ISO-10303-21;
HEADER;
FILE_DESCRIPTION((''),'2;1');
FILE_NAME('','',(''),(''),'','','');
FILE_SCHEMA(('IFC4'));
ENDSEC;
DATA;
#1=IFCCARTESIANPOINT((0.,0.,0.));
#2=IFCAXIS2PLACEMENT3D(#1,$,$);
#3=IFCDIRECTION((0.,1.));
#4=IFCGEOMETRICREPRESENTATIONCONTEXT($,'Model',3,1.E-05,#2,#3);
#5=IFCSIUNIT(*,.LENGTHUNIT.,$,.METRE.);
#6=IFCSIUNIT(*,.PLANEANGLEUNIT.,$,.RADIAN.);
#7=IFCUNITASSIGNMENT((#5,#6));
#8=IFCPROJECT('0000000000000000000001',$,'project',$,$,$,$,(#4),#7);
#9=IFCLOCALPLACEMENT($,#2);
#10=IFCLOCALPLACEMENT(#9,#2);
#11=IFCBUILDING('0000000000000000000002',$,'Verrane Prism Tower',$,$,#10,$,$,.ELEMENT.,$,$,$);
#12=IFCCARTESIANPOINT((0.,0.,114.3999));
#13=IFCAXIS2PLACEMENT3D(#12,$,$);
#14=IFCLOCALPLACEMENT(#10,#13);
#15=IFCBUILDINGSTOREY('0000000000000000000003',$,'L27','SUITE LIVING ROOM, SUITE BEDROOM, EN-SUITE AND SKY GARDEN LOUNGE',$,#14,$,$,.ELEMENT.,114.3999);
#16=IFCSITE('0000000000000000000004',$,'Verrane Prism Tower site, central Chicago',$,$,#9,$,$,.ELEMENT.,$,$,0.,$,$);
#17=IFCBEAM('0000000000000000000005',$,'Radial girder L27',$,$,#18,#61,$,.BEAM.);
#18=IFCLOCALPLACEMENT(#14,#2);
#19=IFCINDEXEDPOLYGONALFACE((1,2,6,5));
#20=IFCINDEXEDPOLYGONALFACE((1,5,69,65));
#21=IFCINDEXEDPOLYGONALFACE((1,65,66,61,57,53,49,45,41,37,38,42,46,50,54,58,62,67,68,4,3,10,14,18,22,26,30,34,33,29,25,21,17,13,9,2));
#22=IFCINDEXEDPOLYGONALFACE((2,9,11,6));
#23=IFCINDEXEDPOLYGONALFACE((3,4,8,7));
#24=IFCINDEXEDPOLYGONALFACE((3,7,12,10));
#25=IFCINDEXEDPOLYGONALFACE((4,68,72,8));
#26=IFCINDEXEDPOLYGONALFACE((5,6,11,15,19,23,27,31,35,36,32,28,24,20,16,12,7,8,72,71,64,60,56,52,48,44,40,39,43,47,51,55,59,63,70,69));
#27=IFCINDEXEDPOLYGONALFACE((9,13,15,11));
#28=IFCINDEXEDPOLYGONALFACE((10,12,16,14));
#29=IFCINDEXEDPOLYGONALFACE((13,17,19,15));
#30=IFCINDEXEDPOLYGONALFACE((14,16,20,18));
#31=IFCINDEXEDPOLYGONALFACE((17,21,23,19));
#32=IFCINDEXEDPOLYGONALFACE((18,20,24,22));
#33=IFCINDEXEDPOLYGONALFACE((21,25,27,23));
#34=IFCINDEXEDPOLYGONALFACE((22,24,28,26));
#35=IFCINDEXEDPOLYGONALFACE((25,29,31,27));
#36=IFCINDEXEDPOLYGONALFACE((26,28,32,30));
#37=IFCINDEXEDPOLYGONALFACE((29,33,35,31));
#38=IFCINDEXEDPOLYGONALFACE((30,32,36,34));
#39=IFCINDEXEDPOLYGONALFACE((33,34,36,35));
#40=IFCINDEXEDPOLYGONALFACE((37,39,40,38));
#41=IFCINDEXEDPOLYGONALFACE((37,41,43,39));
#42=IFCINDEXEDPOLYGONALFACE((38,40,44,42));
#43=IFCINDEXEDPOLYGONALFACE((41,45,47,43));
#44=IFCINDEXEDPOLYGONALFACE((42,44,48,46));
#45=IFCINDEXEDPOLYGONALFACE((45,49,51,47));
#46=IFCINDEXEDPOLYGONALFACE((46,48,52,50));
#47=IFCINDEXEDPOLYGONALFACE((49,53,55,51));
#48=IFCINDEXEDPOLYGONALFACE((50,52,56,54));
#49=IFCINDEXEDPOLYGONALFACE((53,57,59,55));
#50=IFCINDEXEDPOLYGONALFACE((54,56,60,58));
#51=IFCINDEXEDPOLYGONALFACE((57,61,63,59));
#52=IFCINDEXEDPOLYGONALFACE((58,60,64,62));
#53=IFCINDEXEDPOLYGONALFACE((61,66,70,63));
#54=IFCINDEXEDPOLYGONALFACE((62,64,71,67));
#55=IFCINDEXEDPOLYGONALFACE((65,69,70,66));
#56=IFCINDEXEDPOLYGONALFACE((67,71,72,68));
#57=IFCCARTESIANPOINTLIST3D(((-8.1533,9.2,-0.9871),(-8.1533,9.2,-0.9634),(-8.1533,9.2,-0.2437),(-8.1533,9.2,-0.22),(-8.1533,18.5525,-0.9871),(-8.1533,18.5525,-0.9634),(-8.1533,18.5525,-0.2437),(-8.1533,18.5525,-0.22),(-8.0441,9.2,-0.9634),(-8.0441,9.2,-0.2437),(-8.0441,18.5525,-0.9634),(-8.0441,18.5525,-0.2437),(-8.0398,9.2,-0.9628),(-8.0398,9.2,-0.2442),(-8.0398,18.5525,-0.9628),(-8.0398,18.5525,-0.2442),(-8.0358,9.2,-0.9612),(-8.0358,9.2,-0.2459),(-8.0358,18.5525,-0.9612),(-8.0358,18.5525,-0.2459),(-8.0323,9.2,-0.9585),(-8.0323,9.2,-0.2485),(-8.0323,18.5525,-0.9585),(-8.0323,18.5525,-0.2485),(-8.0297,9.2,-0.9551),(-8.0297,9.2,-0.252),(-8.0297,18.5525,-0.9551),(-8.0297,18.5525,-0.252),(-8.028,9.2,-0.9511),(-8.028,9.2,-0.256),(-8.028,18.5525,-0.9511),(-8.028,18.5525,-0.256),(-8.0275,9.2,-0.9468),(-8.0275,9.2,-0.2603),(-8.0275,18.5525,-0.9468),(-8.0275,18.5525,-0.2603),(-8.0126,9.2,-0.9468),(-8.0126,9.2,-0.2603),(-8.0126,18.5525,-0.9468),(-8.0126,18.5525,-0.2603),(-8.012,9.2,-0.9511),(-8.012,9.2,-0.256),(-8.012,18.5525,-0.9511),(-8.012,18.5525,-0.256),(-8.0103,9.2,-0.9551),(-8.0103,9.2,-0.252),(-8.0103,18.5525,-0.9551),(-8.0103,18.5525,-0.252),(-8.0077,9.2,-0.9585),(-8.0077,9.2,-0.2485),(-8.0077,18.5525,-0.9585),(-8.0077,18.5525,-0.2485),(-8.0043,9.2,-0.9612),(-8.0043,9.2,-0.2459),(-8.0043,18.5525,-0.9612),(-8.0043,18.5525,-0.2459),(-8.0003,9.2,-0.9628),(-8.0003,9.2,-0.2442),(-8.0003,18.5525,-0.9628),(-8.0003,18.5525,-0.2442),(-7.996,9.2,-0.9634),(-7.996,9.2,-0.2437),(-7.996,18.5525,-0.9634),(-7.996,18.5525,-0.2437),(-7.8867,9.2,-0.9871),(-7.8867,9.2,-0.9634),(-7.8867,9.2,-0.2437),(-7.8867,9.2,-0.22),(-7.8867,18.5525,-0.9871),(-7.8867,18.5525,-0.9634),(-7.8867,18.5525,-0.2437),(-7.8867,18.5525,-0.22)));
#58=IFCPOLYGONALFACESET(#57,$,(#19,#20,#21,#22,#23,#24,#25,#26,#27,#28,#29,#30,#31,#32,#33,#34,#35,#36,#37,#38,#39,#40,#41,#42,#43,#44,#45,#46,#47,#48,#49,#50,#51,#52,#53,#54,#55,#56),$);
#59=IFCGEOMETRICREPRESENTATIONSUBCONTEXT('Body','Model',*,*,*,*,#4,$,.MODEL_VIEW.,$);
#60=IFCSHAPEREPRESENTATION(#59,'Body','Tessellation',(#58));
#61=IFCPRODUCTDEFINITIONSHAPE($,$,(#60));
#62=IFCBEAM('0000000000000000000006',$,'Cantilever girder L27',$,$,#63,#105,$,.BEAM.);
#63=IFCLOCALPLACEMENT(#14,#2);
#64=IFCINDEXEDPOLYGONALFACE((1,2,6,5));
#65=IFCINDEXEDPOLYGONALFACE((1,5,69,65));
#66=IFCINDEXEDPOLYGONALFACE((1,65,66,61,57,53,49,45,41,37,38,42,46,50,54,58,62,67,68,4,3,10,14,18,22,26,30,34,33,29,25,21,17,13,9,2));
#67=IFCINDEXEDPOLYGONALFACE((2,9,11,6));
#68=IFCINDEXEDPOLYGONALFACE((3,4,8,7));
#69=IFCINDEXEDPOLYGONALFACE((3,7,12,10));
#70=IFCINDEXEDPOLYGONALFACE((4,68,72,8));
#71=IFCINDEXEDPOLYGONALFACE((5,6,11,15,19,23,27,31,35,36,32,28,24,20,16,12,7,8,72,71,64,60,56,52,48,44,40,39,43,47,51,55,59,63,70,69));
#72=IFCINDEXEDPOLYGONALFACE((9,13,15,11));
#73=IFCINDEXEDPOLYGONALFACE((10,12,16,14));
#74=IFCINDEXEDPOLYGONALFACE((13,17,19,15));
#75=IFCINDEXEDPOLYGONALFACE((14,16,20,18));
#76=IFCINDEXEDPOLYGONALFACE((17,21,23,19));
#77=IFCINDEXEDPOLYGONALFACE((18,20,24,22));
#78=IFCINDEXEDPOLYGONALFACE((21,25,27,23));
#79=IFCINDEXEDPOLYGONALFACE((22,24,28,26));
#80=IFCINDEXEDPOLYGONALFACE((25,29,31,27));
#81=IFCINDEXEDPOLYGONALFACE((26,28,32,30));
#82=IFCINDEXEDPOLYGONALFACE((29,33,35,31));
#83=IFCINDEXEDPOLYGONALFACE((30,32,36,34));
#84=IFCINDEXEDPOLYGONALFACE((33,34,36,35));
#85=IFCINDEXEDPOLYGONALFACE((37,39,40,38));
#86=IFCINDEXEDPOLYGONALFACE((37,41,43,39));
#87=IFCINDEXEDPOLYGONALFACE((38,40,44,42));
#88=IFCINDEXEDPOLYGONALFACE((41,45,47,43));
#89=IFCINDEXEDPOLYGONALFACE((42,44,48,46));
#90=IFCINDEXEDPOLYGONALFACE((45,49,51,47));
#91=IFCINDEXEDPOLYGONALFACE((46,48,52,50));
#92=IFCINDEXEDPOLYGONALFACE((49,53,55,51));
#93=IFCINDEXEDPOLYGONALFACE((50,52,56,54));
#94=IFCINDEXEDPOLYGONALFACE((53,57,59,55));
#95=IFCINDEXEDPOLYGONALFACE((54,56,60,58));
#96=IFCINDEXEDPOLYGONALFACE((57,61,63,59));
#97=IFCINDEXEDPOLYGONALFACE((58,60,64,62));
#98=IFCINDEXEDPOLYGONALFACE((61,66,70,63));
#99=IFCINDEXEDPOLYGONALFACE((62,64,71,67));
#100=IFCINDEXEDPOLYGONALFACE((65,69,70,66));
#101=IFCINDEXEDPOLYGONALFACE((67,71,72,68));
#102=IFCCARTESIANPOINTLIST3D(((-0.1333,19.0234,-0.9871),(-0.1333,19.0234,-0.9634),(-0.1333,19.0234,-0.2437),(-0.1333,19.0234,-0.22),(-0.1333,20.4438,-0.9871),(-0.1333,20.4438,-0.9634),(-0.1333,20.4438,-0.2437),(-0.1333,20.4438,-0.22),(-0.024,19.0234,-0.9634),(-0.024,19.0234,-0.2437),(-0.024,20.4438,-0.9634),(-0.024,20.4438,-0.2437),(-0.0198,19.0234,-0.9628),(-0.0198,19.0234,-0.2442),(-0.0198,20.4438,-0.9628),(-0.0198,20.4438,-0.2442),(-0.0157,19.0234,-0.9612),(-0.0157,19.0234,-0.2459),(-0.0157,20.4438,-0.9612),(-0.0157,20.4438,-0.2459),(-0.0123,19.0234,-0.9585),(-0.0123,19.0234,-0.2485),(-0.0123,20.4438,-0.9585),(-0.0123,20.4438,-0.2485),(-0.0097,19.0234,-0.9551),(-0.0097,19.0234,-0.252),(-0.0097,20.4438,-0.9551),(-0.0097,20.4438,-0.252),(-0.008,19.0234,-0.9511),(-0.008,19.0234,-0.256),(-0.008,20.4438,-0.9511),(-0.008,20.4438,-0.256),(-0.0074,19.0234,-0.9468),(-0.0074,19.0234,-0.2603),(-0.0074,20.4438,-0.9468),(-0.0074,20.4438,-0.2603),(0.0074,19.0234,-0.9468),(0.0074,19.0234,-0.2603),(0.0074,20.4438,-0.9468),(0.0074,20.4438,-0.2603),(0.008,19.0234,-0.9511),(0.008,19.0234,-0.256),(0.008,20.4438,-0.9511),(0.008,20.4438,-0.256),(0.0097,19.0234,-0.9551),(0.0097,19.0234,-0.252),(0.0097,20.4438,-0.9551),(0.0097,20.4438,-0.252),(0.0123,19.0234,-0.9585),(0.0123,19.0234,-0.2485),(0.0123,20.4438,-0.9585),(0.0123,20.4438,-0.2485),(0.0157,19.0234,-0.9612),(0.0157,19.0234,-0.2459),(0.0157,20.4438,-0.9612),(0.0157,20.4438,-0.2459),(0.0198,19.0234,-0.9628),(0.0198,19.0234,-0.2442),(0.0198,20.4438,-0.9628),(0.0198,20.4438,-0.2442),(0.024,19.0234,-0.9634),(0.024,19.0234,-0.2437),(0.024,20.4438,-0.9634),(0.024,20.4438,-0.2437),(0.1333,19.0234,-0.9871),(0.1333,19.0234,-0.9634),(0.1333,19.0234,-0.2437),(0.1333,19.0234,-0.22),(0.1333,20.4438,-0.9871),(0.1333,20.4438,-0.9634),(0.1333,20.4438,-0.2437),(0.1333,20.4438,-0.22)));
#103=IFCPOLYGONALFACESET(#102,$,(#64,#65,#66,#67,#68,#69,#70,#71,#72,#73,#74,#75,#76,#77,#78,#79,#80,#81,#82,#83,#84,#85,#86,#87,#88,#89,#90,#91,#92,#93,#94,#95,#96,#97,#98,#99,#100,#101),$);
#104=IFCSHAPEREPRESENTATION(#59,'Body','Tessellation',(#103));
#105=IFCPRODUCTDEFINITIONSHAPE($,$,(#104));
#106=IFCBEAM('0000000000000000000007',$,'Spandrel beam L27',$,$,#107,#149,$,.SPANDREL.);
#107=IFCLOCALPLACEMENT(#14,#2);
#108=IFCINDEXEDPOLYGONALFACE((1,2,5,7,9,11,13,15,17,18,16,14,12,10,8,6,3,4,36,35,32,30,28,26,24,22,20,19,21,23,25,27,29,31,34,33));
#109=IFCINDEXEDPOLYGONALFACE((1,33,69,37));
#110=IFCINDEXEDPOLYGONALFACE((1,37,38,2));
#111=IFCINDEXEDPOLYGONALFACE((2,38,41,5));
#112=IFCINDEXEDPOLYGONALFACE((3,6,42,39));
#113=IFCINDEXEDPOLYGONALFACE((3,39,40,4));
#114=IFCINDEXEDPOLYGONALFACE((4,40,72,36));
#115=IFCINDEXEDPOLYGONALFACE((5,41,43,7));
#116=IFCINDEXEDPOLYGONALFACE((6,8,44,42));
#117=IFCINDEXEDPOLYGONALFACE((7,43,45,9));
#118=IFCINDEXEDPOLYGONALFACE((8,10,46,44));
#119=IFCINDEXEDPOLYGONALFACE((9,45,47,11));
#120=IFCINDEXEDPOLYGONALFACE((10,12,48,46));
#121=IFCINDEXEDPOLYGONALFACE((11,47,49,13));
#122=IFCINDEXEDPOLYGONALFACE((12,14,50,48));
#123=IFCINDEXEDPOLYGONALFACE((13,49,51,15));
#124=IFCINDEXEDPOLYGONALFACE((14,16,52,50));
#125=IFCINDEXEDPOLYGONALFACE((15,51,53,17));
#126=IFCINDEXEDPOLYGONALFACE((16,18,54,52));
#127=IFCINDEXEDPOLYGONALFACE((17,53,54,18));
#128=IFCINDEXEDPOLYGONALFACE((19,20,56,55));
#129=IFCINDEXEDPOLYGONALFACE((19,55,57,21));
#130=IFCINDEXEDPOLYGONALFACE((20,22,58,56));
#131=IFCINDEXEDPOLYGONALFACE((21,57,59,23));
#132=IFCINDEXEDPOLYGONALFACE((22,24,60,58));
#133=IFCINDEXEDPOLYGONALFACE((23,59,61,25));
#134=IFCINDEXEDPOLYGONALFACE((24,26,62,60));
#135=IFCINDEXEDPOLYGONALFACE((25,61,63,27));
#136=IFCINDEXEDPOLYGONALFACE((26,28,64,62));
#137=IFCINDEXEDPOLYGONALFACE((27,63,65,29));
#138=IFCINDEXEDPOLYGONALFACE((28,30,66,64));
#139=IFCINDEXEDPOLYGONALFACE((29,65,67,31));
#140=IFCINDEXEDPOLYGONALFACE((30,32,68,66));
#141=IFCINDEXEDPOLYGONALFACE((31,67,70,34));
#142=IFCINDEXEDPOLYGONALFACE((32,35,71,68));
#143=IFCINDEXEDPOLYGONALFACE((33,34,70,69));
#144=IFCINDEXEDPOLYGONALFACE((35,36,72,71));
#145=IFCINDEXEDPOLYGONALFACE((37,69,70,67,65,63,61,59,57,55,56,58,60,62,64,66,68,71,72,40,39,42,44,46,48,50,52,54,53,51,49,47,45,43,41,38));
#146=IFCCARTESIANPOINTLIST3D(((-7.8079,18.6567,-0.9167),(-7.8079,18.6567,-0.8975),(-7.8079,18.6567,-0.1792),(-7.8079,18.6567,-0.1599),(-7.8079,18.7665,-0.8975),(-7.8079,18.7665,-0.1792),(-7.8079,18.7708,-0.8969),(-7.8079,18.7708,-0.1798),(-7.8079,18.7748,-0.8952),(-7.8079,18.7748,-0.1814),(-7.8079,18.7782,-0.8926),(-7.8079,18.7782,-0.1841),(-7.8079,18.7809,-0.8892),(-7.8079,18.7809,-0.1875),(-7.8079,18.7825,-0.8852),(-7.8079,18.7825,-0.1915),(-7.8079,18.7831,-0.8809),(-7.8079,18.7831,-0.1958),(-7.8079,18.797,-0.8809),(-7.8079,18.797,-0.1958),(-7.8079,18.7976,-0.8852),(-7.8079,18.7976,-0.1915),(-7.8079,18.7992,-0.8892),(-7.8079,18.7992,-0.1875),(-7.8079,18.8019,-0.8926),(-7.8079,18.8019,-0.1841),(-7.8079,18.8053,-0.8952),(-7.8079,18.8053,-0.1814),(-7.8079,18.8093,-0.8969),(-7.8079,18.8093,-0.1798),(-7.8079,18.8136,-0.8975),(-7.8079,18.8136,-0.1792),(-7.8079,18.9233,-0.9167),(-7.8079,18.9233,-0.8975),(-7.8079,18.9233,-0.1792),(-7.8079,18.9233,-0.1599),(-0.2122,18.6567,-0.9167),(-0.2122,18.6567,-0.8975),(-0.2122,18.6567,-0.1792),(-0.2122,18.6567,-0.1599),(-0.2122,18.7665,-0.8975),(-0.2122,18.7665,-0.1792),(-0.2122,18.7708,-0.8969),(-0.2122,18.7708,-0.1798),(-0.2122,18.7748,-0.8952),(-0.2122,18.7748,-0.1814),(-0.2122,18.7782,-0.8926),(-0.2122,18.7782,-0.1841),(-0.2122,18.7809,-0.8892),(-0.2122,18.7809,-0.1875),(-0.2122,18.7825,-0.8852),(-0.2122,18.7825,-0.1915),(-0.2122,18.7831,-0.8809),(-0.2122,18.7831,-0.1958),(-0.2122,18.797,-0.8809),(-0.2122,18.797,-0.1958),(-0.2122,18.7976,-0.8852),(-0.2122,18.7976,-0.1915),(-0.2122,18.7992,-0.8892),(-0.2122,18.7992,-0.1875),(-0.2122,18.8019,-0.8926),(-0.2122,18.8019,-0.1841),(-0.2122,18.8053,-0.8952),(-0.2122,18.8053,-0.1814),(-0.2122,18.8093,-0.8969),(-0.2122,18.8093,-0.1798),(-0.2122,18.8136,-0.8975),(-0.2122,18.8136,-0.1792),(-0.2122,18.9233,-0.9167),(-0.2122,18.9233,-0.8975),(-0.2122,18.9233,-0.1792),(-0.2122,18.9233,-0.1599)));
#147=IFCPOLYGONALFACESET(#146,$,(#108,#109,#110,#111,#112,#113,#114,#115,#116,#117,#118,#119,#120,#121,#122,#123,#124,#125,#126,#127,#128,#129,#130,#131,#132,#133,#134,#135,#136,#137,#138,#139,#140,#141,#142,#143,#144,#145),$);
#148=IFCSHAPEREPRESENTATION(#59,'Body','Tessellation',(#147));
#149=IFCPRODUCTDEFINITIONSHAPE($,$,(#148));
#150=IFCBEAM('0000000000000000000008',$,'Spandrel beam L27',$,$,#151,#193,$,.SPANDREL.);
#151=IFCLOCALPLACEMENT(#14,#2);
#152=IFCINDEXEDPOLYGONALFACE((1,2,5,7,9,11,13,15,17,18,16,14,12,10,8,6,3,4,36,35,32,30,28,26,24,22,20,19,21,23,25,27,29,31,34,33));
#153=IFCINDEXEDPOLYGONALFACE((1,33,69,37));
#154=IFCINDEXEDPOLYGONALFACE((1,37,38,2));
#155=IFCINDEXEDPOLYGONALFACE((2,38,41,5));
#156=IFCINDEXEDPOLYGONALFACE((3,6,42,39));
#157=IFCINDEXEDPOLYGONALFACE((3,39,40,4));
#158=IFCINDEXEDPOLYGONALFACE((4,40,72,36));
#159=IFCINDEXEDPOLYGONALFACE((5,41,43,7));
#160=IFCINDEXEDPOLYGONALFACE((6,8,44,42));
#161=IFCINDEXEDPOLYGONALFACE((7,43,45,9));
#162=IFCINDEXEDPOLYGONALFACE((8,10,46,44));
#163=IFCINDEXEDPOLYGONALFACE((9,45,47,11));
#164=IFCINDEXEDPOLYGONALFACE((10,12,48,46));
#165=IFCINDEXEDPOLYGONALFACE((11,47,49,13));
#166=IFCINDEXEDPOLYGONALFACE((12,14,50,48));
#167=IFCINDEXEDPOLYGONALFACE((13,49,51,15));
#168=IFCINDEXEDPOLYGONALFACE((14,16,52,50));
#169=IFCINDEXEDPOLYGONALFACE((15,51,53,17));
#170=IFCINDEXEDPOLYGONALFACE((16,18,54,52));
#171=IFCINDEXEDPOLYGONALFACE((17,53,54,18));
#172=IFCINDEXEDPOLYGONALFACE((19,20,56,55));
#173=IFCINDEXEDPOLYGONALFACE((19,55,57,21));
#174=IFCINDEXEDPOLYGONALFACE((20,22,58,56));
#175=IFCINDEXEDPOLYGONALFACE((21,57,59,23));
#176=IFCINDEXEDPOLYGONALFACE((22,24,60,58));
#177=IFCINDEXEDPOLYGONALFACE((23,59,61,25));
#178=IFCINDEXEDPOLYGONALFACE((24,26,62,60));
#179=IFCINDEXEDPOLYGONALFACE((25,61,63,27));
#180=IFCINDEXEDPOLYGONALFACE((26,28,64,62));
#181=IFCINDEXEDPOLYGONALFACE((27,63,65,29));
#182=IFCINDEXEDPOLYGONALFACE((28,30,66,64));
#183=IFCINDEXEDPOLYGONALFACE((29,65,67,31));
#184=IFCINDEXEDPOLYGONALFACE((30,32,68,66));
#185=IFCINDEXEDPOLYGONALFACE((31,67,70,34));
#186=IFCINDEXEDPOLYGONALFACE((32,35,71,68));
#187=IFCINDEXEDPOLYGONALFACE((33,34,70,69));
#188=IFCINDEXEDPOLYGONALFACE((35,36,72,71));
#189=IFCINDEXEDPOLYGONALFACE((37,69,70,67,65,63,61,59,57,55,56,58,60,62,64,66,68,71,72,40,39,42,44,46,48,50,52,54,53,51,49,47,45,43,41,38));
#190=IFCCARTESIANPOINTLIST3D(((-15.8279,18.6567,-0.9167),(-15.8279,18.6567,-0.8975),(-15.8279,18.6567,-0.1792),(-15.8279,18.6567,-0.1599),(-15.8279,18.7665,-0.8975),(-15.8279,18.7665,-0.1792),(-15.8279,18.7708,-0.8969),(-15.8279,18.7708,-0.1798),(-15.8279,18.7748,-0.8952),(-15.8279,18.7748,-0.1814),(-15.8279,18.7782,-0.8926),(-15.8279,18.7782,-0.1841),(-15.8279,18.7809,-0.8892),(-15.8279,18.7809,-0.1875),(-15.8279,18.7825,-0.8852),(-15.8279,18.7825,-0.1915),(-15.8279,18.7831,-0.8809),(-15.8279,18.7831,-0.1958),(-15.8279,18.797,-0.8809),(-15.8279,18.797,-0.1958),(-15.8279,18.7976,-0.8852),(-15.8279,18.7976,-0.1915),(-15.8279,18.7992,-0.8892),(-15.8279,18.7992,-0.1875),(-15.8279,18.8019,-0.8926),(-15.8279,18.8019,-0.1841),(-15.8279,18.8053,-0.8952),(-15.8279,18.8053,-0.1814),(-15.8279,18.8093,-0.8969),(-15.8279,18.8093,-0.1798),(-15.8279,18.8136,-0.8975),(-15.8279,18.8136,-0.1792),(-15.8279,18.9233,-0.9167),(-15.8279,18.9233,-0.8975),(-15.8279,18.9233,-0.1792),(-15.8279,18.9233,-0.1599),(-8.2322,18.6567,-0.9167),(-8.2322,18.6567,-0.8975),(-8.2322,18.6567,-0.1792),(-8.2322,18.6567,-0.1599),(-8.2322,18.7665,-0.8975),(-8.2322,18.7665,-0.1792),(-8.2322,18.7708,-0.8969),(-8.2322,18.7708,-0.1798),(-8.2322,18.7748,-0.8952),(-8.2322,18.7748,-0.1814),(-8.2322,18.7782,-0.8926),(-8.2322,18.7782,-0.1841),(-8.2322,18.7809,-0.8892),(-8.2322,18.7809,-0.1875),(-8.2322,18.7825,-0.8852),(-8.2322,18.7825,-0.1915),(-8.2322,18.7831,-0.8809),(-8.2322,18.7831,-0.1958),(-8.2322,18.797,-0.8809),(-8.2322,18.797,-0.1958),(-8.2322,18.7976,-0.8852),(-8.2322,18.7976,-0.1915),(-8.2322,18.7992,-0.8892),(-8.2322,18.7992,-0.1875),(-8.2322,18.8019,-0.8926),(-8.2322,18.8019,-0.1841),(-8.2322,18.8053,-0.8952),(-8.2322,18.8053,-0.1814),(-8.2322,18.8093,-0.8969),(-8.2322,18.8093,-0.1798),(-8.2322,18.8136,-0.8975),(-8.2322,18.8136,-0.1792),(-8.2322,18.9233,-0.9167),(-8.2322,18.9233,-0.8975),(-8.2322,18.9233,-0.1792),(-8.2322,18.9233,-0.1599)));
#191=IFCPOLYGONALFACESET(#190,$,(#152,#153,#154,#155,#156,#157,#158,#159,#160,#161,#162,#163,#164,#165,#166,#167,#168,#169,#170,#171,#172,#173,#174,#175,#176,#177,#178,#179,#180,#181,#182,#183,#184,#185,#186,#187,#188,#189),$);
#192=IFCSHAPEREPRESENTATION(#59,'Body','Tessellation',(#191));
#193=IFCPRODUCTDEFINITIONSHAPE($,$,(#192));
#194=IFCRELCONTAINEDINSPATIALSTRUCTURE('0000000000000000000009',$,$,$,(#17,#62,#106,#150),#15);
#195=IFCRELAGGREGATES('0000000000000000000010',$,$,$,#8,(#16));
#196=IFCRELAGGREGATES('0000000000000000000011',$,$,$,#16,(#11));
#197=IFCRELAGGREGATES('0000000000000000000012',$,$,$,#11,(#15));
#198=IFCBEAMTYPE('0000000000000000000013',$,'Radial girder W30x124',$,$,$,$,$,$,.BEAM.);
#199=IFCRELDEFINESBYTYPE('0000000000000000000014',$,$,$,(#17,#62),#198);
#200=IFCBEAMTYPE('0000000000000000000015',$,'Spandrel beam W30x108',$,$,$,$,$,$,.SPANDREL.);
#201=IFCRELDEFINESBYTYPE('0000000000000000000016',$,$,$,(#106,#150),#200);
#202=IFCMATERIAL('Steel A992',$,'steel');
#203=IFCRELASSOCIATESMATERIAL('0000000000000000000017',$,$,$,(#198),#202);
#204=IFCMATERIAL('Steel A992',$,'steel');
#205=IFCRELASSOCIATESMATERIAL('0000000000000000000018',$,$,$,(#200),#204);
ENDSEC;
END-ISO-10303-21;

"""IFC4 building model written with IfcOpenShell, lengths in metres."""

from ifc_helpers import new_model, si_unit, direction, frame, origin, origin_2d, place, context, subcontext, project, spatial, i_section, extrude, material, material_profile, profile_set, type_object, element, save


model = new_model("IFC4")

# Units and contexts
model_context = context("Model", 3, precision=1e-05, world=origin(), true_north=direction((0.0, 1.0)))
body_context = subcontext(model_context, "Body", "Model", "MODEL_VIEW")
ifc_project = project(units=[si_unit("LENGTHUNIT", "METRE"), si_unit("PLANEANGLEUNIT", "RADIAN")], contexts=[model_context])

# Site, building, storey
site_placement = place(None, origin())
site = spatial("IfcSite", under=ifc_project, at=site_placement, Name="Verrane Prism Tower site, central Chicago", CompositionType="ELEMENT", RefElevation=0.0)
building_placement = place(site_placement, origin())
building = spatial("IfcBuilding", under=site, at=building_placement, Name="Verrane Prism Tower", CompositionType="ELEMENT")
storey_placement = place(building_placement, frame((0.0, 0.0, 114.3999)))
storey = spatial("IfcBuildingStorey", under=building, at=storey_placement, Name="L27", Description="SUITE LIVING ROOM, SUITE BEDROOM, EN-SUITE AND SKY GARDEN LOUNGE", CompositionType="ELEMENT", Elevation=114.3999)

# Beams
ifc_material_1 = material(Name="Steel A992", Category="steel")
ifc_material_profile_1 = material_profile(ifc_material_1, i_section(OverallWidth=0.2666, OverallDepth=0.7671, WebThickness=0.0149, FlangeThickness=0.0237, FilletRadius=0.0166, at=origin_2d()), Name="W30x124")
ifc_profile_set_1 = profile_set([ifc_material_profile_1], Name="Steel A992")
beam_type_1 = type_object("IfcBeamType", Name="Radial girder W30x124", PredefinedType="BEAM", material=ifc_profile_set_1)
for number, where, z_axis, x_axis, name in (
    (1, (-8.02, 18.5525, -0.6035), (0.0, -1.0, 0.0), (1.0, 0.0, 0.0), "Radial girder L27"),
):
    element("IfcBeam", number, at=place(storey_placement, frame(where, z_axis=z_axis, x_axis=x_axis)), inside=storey, type_object=beam_type_1, Name=name, PredefinedType="BEAM", context=body_context, shape_type="SweptSolid", body=[
        extrude(i_section(OverallWidth=0.2666, OverallDepth=0.7671, WebThickness=0.0149, FlangeThickness=0.0237, FilletRadius=0.0166, at=origin_2d()), origin(), (0.0, 0.0, 1.0), 9.3525),
    ])
beam_1_placement = place(storey_placement, frame((0.0, 19.0234, -0.6035), z_axis=(0.0, 1.0, 0.0), x_axis=(-1.0, 0.0, 0.0)))
element("IfcBeam", 2, at=beam_1_placement, inside=storey, type_object=beam_type_1, Name="Cantilever girder L27", PredefinedType="BEAM", context=body_context, shape_type="SweptSolid", body=[
    extrude(i_section(OverallWidth=0.2666, OverallDepth=0.7671, WebThickness=0.0149, FlangeThickness=0.0237, FilletRadius=0.0166, at=origin_2d()), origin(), (0.0, 0.0, 1.0), 1.4204),
])
ifc_material_2 = material(Name="Steel A992", Category="steel")
ifc_material_profile_2 = material_profile(ifc_material_2, i_section(OverallWidth=0.2666, OverallDepth=0.7568, WebThickness=0.0139, FlangeThickness=0.0193, FilletRadius=0.0166, at=origin_2d()), Name="W30x108")
ifc_profile_set_2 = profile_set([ifc_material_profile_2], Name="Steel A992")
beam_type_2 = type_object("IfcBeamType", Name="Spandrel beam W30x108", PredefinedType="SPANDREL", material=ifc_profile_set_2)
for number, where, z_axis, x_axis, name in (
    (3, (-0.2122, 18.79, -0.5383), (-1.0, 0.0, 0.0), (0.0, -1.0, 0.0), "Spandrel beam L27"),
    (4, (-8.2322, 18.79, -0.5383), (-1.0, 0.0, 0.0), (0.0, -1.0, 0.0), "Spandrel beam L27"),
):
    element("IfcBeam", number, at=place(storey_placement, frame(where, z_axis=z_axis, x_axis=x_axis)), inside=storey, type_object=beam_type_2, Name=name, PredefinedType="SPANDREL", context=body_context, shape_type="SweptSolid", body=[
        extrude(i_section(OverallWidth=0.2666, OverallDepth=0.7568, WebThickness=0.0139, FlangeThickness=0.0193, FilletRadius=0.0166, at=origin_2d()), origin(), (0.0, 0.0, 1.0), 7.5957),
    ])

save(model, "model.ifc")
